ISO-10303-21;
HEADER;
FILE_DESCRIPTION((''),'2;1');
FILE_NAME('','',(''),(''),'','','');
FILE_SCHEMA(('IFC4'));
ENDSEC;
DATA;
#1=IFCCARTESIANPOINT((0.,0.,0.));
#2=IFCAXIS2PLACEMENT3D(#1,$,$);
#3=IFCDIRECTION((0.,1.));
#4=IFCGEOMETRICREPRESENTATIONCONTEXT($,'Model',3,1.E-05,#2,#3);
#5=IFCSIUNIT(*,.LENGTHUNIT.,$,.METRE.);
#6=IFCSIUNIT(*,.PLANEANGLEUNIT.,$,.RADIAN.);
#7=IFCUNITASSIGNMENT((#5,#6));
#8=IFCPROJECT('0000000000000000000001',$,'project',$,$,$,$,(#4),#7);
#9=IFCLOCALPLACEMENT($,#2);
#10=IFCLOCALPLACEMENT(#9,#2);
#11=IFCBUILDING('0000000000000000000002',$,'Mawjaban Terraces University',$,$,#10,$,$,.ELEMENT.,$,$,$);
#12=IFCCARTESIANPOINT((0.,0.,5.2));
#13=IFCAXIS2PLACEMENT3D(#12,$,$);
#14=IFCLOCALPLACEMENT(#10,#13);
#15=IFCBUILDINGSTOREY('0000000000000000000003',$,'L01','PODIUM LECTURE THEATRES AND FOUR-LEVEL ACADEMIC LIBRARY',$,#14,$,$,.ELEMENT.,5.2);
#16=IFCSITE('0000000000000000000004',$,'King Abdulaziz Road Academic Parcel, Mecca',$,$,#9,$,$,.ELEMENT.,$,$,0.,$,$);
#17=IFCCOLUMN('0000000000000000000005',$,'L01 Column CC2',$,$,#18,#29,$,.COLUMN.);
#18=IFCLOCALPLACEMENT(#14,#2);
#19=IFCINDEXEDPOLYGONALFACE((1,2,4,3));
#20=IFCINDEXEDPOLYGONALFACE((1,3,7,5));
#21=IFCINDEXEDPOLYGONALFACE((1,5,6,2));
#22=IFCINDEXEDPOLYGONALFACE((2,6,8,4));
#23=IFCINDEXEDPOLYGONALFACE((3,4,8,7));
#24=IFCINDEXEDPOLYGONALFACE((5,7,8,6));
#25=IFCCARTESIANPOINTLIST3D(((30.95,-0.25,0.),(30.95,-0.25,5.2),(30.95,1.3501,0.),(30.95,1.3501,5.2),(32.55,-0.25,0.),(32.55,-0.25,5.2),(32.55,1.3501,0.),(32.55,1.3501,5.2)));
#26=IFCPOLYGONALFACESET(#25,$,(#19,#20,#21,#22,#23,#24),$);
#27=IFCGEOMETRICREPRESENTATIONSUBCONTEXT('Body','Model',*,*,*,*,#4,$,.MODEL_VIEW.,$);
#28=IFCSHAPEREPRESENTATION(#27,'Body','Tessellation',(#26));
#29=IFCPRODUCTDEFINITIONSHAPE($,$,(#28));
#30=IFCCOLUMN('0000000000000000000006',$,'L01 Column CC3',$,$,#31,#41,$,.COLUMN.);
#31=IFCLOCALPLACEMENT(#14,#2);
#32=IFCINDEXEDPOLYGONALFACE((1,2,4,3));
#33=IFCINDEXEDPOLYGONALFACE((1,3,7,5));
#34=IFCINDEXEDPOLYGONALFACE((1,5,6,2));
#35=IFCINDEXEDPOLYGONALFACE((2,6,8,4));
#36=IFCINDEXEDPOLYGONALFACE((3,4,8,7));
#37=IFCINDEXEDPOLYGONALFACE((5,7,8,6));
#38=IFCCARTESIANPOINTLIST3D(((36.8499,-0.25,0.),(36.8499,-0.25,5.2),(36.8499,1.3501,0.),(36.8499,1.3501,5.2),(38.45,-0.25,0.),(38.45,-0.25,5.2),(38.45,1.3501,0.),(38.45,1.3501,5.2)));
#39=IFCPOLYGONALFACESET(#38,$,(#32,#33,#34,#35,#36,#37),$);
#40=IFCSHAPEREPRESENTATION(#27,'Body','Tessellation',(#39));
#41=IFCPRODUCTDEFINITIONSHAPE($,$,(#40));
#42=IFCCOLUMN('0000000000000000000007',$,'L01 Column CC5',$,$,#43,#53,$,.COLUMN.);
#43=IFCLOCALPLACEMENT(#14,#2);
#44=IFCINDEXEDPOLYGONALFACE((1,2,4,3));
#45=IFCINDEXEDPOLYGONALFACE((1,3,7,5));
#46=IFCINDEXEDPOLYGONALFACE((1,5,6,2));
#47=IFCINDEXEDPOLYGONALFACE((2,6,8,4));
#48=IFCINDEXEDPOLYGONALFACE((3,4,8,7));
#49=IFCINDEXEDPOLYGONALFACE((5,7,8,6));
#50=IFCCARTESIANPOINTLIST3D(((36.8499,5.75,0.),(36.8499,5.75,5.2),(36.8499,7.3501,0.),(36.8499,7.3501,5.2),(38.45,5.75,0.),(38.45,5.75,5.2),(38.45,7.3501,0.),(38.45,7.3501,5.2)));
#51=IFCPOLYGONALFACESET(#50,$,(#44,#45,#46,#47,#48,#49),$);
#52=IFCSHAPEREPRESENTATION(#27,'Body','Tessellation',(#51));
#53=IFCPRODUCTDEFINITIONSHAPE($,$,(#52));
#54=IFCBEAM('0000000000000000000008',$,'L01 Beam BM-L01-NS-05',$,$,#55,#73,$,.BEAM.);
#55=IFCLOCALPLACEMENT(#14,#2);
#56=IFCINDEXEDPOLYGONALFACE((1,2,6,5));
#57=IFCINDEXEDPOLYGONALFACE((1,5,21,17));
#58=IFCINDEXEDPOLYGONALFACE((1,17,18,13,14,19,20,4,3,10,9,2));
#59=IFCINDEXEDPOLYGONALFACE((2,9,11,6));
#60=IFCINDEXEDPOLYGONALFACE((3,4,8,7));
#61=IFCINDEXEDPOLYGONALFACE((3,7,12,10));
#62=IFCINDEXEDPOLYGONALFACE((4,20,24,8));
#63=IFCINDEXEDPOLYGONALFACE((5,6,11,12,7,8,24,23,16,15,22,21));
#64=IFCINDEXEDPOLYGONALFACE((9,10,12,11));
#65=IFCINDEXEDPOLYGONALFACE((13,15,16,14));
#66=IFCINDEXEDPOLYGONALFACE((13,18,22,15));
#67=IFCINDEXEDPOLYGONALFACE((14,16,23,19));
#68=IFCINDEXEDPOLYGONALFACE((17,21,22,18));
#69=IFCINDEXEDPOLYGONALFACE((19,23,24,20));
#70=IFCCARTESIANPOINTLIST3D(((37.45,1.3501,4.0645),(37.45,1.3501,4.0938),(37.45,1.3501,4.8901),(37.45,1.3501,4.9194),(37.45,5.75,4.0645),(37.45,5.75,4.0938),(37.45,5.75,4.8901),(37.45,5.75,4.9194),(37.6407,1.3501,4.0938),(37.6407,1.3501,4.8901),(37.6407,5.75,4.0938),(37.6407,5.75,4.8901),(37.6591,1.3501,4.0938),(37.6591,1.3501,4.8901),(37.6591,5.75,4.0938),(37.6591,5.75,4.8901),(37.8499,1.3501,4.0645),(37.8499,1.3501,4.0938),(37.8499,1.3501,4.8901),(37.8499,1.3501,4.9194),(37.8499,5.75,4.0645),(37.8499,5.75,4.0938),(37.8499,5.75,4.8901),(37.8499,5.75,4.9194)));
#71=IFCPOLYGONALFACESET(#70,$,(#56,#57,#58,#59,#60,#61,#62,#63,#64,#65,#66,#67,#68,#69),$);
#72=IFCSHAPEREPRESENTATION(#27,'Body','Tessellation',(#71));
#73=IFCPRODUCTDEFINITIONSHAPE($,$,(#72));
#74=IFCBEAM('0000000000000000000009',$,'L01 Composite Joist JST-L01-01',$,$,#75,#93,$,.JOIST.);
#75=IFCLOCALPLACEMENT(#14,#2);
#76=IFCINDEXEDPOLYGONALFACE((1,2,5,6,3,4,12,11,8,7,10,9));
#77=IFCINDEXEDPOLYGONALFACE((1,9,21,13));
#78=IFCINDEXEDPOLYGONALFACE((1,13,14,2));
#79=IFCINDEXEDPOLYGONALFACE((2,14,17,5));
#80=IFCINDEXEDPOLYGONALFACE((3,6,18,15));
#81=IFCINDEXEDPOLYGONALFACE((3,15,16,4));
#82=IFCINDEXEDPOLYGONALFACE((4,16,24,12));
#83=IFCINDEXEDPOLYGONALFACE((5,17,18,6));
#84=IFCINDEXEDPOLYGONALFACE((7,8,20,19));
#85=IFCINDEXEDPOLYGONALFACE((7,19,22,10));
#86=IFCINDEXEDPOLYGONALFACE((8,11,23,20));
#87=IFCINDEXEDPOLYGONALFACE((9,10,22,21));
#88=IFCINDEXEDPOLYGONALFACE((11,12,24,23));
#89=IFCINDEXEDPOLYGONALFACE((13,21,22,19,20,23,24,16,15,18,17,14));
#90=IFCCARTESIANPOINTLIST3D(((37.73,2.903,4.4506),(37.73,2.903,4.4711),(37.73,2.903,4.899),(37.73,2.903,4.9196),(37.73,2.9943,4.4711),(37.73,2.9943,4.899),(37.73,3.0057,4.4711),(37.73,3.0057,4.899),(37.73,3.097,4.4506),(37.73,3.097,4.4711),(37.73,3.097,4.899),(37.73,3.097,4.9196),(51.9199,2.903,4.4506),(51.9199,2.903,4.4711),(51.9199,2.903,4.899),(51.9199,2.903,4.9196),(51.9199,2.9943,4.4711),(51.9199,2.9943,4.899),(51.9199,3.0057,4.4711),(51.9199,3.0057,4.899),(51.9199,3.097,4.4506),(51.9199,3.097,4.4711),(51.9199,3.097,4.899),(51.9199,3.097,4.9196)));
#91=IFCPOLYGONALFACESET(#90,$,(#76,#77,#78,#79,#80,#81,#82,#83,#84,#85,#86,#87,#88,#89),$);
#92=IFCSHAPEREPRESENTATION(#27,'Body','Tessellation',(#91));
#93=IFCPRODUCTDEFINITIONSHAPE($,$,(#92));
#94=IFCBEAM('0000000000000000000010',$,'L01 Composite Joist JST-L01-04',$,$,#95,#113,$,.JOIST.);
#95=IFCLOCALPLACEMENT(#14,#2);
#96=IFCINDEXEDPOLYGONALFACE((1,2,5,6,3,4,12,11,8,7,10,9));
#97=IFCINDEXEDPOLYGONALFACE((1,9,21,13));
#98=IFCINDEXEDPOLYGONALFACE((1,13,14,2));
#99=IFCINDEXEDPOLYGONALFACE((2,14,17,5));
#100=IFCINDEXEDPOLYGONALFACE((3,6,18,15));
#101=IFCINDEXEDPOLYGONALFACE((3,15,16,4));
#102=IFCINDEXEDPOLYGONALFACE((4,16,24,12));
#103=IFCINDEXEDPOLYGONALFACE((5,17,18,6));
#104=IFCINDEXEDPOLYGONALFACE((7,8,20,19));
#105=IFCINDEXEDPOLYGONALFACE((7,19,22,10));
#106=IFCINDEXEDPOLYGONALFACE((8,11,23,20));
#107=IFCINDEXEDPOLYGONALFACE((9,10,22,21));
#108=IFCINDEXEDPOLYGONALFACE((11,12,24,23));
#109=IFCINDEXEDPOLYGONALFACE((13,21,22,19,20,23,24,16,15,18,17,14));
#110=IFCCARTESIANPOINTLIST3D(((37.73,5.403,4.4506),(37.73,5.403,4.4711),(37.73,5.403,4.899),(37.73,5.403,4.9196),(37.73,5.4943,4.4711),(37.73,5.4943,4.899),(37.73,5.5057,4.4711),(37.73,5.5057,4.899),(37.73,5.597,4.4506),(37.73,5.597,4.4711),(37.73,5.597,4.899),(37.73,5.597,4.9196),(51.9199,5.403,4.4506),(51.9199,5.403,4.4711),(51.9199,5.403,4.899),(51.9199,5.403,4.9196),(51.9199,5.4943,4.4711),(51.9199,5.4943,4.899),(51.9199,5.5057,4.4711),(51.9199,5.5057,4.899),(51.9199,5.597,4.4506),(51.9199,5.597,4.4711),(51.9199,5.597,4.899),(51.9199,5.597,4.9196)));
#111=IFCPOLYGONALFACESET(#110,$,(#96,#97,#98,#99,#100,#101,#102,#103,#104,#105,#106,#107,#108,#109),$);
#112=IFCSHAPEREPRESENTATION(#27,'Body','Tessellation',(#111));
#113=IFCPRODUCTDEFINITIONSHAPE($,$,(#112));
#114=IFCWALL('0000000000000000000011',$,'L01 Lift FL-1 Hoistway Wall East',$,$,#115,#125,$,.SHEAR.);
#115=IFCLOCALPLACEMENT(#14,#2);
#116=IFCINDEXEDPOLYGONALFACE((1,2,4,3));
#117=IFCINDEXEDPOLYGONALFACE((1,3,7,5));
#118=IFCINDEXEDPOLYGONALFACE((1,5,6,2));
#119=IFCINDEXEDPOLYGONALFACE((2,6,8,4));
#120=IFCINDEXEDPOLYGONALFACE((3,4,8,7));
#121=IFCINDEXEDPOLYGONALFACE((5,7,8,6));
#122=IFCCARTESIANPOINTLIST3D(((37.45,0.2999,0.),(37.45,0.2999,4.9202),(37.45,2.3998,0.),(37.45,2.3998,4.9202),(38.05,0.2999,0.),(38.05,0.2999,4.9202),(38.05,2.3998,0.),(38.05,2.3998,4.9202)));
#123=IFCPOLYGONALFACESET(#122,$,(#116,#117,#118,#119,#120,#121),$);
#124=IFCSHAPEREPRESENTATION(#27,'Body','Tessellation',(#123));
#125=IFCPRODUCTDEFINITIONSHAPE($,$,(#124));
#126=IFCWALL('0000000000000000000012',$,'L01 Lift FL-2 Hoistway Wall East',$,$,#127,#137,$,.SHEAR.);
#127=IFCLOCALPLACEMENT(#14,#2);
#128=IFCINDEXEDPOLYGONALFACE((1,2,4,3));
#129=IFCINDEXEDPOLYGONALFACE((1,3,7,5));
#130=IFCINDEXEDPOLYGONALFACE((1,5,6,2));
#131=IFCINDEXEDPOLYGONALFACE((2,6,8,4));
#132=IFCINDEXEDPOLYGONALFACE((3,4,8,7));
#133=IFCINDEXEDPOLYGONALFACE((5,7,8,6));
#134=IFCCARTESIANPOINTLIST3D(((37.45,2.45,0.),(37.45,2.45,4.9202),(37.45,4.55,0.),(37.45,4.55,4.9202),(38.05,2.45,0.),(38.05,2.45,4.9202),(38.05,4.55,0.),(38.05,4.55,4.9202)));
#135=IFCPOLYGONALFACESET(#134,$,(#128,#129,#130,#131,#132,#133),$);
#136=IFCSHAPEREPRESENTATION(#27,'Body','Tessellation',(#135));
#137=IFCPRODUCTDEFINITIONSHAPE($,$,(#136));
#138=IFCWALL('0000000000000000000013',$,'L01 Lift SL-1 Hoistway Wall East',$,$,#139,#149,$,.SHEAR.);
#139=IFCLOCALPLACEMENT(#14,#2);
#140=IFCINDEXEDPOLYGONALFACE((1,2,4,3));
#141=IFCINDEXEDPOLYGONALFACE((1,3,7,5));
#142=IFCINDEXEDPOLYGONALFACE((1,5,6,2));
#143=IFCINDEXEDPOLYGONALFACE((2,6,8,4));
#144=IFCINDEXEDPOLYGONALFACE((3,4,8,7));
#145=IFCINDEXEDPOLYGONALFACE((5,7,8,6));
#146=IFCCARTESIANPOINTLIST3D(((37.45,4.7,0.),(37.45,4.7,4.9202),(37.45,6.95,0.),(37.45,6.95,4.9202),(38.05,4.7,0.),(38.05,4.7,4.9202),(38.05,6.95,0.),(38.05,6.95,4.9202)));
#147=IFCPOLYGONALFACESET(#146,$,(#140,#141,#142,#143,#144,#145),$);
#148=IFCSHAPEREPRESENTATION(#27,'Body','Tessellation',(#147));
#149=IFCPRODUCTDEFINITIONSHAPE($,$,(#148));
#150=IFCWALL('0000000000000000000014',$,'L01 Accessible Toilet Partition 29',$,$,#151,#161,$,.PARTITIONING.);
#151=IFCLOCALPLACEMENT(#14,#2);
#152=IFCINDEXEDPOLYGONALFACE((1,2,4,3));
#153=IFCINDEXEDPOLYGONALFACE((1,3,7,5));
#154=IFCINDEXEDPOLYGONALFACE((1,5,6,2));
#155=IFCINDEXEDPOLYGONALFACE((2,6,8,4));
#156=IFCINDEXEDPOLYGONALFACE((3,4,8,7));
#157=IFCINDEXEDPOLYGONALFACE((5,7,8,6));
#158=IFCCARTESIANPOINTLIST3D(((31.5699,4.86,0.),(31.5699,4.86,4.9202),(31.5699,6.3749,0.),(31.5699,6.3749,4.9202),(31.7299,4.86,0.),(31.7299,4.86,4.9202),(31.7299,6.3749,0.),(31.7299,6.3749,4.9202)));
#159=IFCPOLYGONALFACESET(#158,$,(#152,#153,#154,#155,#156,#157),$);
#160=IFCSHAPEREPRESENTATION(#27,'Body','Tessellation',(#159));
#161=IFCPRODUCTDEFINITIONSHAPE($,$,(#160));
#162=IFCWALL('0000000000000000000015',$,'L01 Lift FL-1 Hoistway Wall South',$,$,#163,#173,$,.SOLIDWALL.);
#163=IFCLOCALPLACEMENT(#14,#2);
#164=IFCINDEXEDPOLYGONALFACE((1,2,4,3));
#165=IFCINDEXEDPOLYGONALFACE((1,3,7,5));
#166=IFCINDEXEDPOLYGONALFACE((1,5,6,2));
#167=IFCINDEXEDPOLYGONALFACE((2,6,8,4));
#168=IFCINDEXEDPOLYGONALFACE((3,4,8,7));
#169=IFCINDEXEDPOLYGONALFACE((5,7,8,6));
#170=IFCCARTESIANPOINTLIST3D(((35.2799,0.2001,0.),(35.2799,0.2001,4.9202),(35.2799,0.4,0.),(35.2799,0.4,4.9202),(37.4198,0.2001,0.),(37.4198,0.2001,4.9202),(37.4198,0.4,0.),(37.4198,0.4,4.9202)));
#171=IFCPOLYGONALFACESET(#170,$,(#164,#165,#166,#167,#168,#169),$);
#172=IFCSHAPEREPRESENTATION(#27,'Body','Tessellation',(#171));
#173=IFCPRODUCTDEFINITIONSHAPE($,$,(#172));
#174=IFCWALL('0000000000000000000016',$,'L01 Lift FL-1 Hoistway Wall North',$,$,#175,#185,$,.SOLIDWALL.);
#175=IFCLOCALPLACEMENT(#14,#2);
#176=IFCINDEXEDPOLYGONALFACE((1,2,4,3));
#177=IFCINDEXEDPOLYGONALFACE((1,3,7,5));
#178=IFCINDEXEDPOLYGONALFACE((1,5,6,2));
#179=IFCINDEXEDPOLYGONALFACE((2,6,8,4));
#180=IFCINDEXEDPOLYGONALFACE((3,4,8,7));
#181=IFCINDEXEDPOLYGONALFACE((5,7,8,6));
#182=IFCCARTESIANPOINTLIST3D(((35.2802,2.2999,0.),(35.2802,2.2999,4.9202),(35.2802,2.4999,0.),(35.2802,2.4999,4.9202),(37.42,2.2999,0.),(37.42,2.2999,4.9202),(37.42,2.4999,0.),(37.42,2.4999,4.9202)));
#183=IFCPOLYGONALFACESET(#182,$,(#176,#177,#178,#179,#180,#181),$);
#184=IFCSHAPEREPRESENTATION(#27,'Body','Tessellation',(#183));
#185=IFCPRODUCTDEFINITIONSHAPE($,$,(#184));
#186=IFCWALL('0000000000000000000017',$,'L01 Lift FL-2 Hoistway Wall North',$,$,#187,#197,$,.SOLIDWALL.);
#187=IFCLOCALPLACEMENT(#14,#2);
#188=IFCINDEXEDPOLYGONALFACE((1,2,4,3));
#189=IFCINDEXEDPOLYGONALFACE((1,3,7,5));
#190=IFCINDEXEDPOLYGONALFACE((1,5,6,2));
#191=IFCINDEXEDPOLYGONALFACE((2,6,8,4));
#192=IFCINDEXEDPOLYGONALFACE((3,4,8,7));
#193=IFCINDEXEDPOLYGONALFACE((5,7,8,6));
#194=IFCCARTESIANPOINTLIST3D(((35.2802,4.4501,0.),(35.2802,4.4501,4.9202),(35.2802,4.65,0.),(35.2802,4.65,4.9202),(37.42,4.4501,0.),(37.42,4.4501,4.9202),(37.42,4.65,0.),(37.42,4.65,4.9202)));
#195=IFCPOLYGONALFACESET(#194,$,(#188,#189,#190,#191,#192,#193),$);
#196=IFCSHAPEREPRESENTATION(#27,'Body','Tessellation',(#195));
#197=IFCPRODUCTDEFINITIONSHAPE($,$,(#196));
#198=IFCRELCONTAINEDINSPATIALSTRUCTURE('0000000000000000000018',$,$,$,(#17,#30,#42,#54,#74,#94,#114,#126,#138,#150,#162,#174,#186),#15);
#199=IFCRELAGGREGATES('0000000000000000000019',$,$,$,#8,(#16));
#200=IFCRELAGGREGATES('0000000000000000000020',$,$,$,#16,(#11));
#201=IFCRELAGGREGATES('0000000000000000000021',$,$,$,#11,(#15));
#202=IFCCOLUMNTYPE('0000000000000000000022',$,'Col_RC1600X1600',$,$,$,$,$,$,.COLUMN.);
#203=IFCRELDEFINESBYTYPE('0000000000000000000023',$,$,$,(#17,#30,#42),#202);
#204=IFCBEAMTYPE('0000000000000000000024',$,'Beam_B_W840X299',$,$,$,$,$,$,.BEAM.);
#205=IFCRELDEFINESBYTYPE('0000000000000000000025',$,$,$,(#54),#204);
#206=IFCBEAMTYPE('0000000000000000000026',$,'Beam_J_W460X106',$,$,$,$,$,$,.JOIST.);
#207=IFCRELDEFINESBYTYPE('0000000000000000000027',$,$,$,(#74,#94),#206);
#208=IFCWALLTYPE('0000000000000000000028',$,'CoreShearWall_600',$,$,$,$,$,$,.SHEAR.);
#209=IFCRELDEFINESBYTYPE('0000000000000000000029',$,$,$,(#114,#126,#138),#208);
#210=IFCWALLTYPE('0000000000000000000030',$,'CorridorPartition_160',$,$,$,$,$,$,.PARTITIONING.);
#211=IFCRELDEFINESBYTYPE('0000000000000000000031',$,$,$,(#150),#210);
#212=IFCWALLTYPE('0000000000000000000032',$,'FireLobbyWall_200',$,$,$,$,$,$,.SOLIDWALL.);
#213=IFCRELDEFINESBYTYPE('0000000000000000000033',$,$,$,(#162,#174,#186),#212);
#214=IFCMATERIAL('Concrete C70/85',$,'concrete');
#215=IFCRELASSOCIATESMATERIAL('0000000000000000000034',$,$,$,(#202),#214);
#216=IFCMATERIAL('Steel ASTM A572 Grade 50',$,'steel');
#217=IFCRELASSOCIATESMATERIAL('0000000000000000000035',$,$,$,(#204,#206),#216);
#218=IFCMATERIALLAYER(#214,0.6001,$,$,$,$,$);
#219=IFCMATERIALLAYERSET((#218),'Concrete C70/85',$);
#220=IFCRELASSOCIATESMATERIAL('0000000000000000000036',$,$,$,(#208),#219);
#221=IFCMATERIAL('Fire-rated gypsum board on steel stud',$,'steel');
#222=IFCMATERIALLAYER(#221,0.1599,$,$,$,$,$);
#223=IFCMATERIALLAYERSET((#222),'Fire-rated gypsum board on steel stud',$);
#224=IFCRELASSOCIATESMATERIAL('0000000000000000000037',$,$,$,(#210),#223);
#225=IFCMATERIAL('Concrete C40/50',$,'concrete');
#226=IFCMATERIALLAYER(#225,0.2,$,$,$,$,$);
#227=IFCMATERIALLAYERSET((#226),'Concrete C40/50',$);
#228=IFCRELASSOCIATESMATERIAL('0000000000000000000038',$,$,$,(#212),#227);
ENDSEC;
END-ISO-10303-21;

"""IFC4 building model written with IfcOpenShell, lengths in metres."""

from ifc_helpers import new_model, si_unit, direction, frame, frame_2d, origin, origin_2d, place, context, subcontext, project, spatial, rectangle, i_section, extrude, material, layer, layer_set, material_profile, profile_set, type_object, element, save


model = new_model("IFC4")

# Units and contexts
model_context = context("Model", 3, precision=1e-05, world=origin(), true_north=direction((0.0, 1.0)))
body_context = subcontext(model_context, "Body", "Model", "MODEL_VIEW")
ifc_project = project(units=[si_unit("LENGTHUNIT", "METRE"), si_unit("PLANEANGLEUNIT", "RADIAN")], contexts=[model_context])

# Site, building, storey
site_placement = place(None, origin())
site = spatial("IfcSite", under=ifc_project, at=site_placement, Name="King Abdulaziz Road Academic Parcel, Mecca", CompositionType="ELEMENT", RefElevation=0.0)
building_placement = place(site_placement, origin())
building = spatial("IfcBuilding", under=site, at=building_placement, Name="Mawjaban Terraces University", CompositionType="ELEMENT")
storey_placement = place(building_placement, frame((0.0, 0.0, 5.2)))
storey = spatial("IfcBuildingStorey", under=building, at=storey_placement, Name="L01", Description="PODIUM LECTURE THEATRES AND FOUR-LEVEL ACADEMIC LIBRARY", CompositionType="ELEMENT", Elevation=5.2)

# Columns
ifc_material_1 = material(Name="Concrete C70/85", Category="concrete")
ifc_material_profile_1 = material_profile(ifc_material_1, rectangle(XDim=1.6001, YDim=1.6001, at=origin_2d()), Name="RC1600X1600")
ifc_profile_set_1 = profile_set([ifc_material_profile_1], Name="Concrete C70/85")
column_type = type_object("IfcColumnType", Name="Col_RC1600X1600", PredefinedType="COLUMN", material=ifc_profile_set_1)
for number, where, z_axis, x_axis, name in (
    (1, (31.75, 0.55, 0.0), (0.0, 0.0, 1.0), (1.0, 0.0, 0.0), "L01 Column CC2"),
    (2, (37.6499, 0.55, 0.0), (0.0, 0.0, 1.0), (1.0, 0.0, 0.0), "L01 Column CC3"),
    (3, (37.6499, 6.55, 0.0), (0.0, 0.0, 1.0), (1.0, 0.0, 0.0), "L01 Column CC5"),
):
    element("IfcColumn", number, at=place(storey_placement, frame(where, z_axis=z_axis, x_axis=x_axis)), inside=storey, type_object=column_type, Name=name, PredefinedType="COLUMN", context=body_context, shape_type="SweptSolid", body=[
        extrude(rectangle(XDim=1.6001, YDim=1.6001, at=origin_2d()), origin(), (0.0, 0.0, 1.0), 5.2),
    ])

# Beams
ifc_material_2 = material(Name="Steel ASTM A572 Grade 50", Category="steel")
ifc_material_profile_2 = material_profile(ifc_material_2, i_section(OverallWidth=0.3999, OverallDepth=0.855, WebThickness=0.0183, FlangeThickness=0.0293, at=origin_2d()), Name="W840X299")
ifc_profile_set_2 = profile_set([ifc_material_profile_2], Name="Steel ASTM A572 Grade 50")
beam_type_1 = type_object("IfcBeamType", Name="Beam_B_W840X299", PredefinedType="BEAM", material=ifc_profile_set_2)
beam_placement = place(storey_placement, frame((37.6499, 1.3501, 4.4919), z_axis=(0.0, 1.0, 0.0), x_axis=(-1.0, 0.0, 0.0)))
element("IfcBeam", 4, at=beam_placement, inside=storey, type_object=beam_type_1, Name="L01 Beam BM-L01-NS-05", PredefinedType="BEAM", context=body_context, shape_type="SweptSolid", body=[
    extrude(i_section(OverallWidth=0.3999, OverallDepth=0.855, WebThickness=0.0183, FlangeThickness=0.0293, at=origin_2d()), origin(), (0.0, 0.0, 1.0), 4.3999),
])
ifc_material_profile_3 = material_profile(ifc_material_2, i_section(OverallWidth=0.1941, OverallDepth=0.469, WebThickness=0.0115, FlangeThickness=0.0205, at=origin_2d()), Name="W460X106")
ifc_profile_set_3 = profile_set([ifc_material_profile_3], Name="Steel ASTM A572 Grade 50")
beam_type_2 = type_object("IfcBeamType", Name="Beam_J_W460X106", PredefinedType="JOIST", material=ifc_profile_set_3)
for number, where, z_axis, x_axis, name in (
    (5, (37.73, 3.0, 4.6851), (1.0, 0.0, 0.0), (0.0, 1.0, 0.0), "L01 Composite Joist JST-L01-01"),
    (6, (37.73, 5.5, 4.6851), (1.0, 0.0, 0.0), (0.0, 1.0, 0.0), "L01 Composite Joist JST-L01-04"),
):
    element("IfcBeam", number, at=place(storey_placement, frame(where, z_axis=z_axis, x_axis=x_axis)), inside=storey, type_object=beam_type_2, Name=name, PredefinedType="JOIST", context=body_context, shape_type="SweptSolid", body=[
        extrude(i_section(OverallWidth=0.1941, OverallDepth=0.469, WebThickness=0.0115, FlangeThickness=0.0205, at=origin_2d()), origin(), (0.0, 0.0, 1.0), 14.1899),
    ])

# Walls
ifc_layer_1 = layer(ifc_material_1, 0.6001)
ifc_layer_set_1 = layer_set([ifc_layer_1], Name="Concrete C70/85")
wall_type_1 = type_object("IfcWallType", Name="CoreShearWall_600", PredefinedType="SHEAR", material=ifc_layer_set_1)
wall_1_placement = place(storey_placement, frame((37.75, 0.3, 0.0), z_axis=(0.0, 0.0, 1.0), x_axis=(0.0, 1.0, 0.0)))
element("IfcWall", 7, at=wall_1_placement, inside=storey, type_object=wall_type_1, Name="L01 Lift FL-1 Hoistway Wall East", PredefinedType="SHEAR", context=body_context, shape_type="SweptSolid", body=[
    extrude(rectangle(XDim=2.0999, YDim=0.6001, at=frame_2d((1.0498, 0.0))), origin(), (0.0, 0.0, 1.0), 4.9202),
])
wall_2_placement = place(storey_placement, frame((37.75, 2.45, 0.0), z_axis=(0.0, 0.0, 1.0), x_axis=(0.0, 1.0, 0.0)))
element("IfcWall", 8, at=wall_2_placement, inside=storey, type_object=wall_type_1, Name="L01 Lift FL-2 Hoistway Wall East", PredefinedType="SHEAR", context=body_context, shape_type="SweptSolid", body=[
    extrude(rectangle(XDim=2.1001, YDim=0.6001, at=frame_2d((1.05, 0.0))), origin(), (0.0, 0.0, 1.0), 4.9202),
])
wall_3_placement = place(storey_placement, frame((37.75, 4.7, 0.0), z_axis=(0.0, 0.0, 1.0), x_axis=(0.0, 1.0, 0.0)))
element("IfcWall", 9, at=wall_3_placement, inside=storey, type_object=wall_type_1, Name="L01 Lift SL-1 Hoistway Wall East", PredefinedType="SHEAR", context=body_context, shape_type="SweptSolid", body=[
    extrude(rectangle(XDim=2.25, YDim=0.6001, at=frame_2d((1.125, 0.0))), origin(), (0.0, 0.0, 1.0), 4.9202),
])
ifc_material_3 = material(Name="Fire-rated gypsum board on steel stud", Category="steel")
ifc_layer_2 = layer(ifc_material_3, 0.1599)
ifc_layer_set_2 = layer_set([ifc_layer_2], Name="Fire-rated gypsum board on steel stud")
wall_type_2 = type_object("IfcWallType", Name="CorridorPartition_160", PredefinedType="PARTITIONING", material=ifc_layer_set_2)
wall_4_placement = place(storey_placement, frame((31.6499, 4.8601, 0.0), z_axis=(0.0, 0.0, 1.0), x_axis=(0.0, 1.0, 0.0)))
element("IfcWall", 10, at=wall_4_placement, inside=storey, type_object=wall_type_2, Name="L01 Accessible Toilet Partition 29", PredefinedType="PARTITIONING", context=body_context, shape_type="SweptSolid", body=[
    extrude(rectangle(XDim=1.5149, YDim=0.1599, at=frame_2d((0.7573, 0.0))), origin(), (0.0, 0.0, 1.0), 4.9202),
])

# Shared definitions
ifc_material_4 = material(Name="Concrete C40/50", Category="concrete")
ifc_layer_3 = layer(ifc_material_4, 0.2)
ifc_layer_set_3 = layer_set([ifc_layer_3], Name="Concrete C40/50")
wall_type_3 = type_object("IfcWallType", Name="FireLobbyWall_200", PredefinedType="SOLIDWALL", material=ifc_layer_set_3)

# Walls
for number, where, z_axis, x_axis, name in (
    (11, (35.28, 0.3, 0.0), (0.0, 0.0, 1.0), (1.0, 0.0, 0.0), "L01 Lift FL-1 Hoistway Wall South"),
    (12, (37.4199, 2.3999, 0.0), (0.0, 0.0, 1.0), (-1.0, 0.0, 0.0), "L01 Lift FL-1 Hoistway Wall North"),
):
    element("IfcWall", number, at=place(storey_placement, frame(where, z_axis=z_axis, x_axis=x_axis)), inside=storey, type_object=wall_type_3, Name=name, PredefinedType="SOLIDWALL", context=body_context, shape_type="SweptSolid", body=[
        extrude(rectangle(XDim=2.1399, YDim=0.2, at=frame_2d((1.0698, 0.0))), origin(), (0.0, 0.0, 1.0), 4.9202),
    ])

# Wall
wall_5_placement = place(storey_placement, frame((37.4199, 4.55, 0.0), z_axis=(0.0, 0.0, 1.0), x_axis=(-1.0, 0.0, 0.0)))
element("IfcWall", 13, at=wall_5_placement, inside=storey, type_object=wall_type_3, Name="L01 Lift FL-2 Hoistway Wall North", PredefinedType="SOLIDWALL", context=body_context, shape_type="SweptSolid", body=[
    extrude(rectangle(XDim=2.1399, YDim=0.2, at=frame_2d((1.0698, 0.0))), origin(), (0.0, 0.0, 1.0), 4.9202),
])

save(model, "model.ifc")
